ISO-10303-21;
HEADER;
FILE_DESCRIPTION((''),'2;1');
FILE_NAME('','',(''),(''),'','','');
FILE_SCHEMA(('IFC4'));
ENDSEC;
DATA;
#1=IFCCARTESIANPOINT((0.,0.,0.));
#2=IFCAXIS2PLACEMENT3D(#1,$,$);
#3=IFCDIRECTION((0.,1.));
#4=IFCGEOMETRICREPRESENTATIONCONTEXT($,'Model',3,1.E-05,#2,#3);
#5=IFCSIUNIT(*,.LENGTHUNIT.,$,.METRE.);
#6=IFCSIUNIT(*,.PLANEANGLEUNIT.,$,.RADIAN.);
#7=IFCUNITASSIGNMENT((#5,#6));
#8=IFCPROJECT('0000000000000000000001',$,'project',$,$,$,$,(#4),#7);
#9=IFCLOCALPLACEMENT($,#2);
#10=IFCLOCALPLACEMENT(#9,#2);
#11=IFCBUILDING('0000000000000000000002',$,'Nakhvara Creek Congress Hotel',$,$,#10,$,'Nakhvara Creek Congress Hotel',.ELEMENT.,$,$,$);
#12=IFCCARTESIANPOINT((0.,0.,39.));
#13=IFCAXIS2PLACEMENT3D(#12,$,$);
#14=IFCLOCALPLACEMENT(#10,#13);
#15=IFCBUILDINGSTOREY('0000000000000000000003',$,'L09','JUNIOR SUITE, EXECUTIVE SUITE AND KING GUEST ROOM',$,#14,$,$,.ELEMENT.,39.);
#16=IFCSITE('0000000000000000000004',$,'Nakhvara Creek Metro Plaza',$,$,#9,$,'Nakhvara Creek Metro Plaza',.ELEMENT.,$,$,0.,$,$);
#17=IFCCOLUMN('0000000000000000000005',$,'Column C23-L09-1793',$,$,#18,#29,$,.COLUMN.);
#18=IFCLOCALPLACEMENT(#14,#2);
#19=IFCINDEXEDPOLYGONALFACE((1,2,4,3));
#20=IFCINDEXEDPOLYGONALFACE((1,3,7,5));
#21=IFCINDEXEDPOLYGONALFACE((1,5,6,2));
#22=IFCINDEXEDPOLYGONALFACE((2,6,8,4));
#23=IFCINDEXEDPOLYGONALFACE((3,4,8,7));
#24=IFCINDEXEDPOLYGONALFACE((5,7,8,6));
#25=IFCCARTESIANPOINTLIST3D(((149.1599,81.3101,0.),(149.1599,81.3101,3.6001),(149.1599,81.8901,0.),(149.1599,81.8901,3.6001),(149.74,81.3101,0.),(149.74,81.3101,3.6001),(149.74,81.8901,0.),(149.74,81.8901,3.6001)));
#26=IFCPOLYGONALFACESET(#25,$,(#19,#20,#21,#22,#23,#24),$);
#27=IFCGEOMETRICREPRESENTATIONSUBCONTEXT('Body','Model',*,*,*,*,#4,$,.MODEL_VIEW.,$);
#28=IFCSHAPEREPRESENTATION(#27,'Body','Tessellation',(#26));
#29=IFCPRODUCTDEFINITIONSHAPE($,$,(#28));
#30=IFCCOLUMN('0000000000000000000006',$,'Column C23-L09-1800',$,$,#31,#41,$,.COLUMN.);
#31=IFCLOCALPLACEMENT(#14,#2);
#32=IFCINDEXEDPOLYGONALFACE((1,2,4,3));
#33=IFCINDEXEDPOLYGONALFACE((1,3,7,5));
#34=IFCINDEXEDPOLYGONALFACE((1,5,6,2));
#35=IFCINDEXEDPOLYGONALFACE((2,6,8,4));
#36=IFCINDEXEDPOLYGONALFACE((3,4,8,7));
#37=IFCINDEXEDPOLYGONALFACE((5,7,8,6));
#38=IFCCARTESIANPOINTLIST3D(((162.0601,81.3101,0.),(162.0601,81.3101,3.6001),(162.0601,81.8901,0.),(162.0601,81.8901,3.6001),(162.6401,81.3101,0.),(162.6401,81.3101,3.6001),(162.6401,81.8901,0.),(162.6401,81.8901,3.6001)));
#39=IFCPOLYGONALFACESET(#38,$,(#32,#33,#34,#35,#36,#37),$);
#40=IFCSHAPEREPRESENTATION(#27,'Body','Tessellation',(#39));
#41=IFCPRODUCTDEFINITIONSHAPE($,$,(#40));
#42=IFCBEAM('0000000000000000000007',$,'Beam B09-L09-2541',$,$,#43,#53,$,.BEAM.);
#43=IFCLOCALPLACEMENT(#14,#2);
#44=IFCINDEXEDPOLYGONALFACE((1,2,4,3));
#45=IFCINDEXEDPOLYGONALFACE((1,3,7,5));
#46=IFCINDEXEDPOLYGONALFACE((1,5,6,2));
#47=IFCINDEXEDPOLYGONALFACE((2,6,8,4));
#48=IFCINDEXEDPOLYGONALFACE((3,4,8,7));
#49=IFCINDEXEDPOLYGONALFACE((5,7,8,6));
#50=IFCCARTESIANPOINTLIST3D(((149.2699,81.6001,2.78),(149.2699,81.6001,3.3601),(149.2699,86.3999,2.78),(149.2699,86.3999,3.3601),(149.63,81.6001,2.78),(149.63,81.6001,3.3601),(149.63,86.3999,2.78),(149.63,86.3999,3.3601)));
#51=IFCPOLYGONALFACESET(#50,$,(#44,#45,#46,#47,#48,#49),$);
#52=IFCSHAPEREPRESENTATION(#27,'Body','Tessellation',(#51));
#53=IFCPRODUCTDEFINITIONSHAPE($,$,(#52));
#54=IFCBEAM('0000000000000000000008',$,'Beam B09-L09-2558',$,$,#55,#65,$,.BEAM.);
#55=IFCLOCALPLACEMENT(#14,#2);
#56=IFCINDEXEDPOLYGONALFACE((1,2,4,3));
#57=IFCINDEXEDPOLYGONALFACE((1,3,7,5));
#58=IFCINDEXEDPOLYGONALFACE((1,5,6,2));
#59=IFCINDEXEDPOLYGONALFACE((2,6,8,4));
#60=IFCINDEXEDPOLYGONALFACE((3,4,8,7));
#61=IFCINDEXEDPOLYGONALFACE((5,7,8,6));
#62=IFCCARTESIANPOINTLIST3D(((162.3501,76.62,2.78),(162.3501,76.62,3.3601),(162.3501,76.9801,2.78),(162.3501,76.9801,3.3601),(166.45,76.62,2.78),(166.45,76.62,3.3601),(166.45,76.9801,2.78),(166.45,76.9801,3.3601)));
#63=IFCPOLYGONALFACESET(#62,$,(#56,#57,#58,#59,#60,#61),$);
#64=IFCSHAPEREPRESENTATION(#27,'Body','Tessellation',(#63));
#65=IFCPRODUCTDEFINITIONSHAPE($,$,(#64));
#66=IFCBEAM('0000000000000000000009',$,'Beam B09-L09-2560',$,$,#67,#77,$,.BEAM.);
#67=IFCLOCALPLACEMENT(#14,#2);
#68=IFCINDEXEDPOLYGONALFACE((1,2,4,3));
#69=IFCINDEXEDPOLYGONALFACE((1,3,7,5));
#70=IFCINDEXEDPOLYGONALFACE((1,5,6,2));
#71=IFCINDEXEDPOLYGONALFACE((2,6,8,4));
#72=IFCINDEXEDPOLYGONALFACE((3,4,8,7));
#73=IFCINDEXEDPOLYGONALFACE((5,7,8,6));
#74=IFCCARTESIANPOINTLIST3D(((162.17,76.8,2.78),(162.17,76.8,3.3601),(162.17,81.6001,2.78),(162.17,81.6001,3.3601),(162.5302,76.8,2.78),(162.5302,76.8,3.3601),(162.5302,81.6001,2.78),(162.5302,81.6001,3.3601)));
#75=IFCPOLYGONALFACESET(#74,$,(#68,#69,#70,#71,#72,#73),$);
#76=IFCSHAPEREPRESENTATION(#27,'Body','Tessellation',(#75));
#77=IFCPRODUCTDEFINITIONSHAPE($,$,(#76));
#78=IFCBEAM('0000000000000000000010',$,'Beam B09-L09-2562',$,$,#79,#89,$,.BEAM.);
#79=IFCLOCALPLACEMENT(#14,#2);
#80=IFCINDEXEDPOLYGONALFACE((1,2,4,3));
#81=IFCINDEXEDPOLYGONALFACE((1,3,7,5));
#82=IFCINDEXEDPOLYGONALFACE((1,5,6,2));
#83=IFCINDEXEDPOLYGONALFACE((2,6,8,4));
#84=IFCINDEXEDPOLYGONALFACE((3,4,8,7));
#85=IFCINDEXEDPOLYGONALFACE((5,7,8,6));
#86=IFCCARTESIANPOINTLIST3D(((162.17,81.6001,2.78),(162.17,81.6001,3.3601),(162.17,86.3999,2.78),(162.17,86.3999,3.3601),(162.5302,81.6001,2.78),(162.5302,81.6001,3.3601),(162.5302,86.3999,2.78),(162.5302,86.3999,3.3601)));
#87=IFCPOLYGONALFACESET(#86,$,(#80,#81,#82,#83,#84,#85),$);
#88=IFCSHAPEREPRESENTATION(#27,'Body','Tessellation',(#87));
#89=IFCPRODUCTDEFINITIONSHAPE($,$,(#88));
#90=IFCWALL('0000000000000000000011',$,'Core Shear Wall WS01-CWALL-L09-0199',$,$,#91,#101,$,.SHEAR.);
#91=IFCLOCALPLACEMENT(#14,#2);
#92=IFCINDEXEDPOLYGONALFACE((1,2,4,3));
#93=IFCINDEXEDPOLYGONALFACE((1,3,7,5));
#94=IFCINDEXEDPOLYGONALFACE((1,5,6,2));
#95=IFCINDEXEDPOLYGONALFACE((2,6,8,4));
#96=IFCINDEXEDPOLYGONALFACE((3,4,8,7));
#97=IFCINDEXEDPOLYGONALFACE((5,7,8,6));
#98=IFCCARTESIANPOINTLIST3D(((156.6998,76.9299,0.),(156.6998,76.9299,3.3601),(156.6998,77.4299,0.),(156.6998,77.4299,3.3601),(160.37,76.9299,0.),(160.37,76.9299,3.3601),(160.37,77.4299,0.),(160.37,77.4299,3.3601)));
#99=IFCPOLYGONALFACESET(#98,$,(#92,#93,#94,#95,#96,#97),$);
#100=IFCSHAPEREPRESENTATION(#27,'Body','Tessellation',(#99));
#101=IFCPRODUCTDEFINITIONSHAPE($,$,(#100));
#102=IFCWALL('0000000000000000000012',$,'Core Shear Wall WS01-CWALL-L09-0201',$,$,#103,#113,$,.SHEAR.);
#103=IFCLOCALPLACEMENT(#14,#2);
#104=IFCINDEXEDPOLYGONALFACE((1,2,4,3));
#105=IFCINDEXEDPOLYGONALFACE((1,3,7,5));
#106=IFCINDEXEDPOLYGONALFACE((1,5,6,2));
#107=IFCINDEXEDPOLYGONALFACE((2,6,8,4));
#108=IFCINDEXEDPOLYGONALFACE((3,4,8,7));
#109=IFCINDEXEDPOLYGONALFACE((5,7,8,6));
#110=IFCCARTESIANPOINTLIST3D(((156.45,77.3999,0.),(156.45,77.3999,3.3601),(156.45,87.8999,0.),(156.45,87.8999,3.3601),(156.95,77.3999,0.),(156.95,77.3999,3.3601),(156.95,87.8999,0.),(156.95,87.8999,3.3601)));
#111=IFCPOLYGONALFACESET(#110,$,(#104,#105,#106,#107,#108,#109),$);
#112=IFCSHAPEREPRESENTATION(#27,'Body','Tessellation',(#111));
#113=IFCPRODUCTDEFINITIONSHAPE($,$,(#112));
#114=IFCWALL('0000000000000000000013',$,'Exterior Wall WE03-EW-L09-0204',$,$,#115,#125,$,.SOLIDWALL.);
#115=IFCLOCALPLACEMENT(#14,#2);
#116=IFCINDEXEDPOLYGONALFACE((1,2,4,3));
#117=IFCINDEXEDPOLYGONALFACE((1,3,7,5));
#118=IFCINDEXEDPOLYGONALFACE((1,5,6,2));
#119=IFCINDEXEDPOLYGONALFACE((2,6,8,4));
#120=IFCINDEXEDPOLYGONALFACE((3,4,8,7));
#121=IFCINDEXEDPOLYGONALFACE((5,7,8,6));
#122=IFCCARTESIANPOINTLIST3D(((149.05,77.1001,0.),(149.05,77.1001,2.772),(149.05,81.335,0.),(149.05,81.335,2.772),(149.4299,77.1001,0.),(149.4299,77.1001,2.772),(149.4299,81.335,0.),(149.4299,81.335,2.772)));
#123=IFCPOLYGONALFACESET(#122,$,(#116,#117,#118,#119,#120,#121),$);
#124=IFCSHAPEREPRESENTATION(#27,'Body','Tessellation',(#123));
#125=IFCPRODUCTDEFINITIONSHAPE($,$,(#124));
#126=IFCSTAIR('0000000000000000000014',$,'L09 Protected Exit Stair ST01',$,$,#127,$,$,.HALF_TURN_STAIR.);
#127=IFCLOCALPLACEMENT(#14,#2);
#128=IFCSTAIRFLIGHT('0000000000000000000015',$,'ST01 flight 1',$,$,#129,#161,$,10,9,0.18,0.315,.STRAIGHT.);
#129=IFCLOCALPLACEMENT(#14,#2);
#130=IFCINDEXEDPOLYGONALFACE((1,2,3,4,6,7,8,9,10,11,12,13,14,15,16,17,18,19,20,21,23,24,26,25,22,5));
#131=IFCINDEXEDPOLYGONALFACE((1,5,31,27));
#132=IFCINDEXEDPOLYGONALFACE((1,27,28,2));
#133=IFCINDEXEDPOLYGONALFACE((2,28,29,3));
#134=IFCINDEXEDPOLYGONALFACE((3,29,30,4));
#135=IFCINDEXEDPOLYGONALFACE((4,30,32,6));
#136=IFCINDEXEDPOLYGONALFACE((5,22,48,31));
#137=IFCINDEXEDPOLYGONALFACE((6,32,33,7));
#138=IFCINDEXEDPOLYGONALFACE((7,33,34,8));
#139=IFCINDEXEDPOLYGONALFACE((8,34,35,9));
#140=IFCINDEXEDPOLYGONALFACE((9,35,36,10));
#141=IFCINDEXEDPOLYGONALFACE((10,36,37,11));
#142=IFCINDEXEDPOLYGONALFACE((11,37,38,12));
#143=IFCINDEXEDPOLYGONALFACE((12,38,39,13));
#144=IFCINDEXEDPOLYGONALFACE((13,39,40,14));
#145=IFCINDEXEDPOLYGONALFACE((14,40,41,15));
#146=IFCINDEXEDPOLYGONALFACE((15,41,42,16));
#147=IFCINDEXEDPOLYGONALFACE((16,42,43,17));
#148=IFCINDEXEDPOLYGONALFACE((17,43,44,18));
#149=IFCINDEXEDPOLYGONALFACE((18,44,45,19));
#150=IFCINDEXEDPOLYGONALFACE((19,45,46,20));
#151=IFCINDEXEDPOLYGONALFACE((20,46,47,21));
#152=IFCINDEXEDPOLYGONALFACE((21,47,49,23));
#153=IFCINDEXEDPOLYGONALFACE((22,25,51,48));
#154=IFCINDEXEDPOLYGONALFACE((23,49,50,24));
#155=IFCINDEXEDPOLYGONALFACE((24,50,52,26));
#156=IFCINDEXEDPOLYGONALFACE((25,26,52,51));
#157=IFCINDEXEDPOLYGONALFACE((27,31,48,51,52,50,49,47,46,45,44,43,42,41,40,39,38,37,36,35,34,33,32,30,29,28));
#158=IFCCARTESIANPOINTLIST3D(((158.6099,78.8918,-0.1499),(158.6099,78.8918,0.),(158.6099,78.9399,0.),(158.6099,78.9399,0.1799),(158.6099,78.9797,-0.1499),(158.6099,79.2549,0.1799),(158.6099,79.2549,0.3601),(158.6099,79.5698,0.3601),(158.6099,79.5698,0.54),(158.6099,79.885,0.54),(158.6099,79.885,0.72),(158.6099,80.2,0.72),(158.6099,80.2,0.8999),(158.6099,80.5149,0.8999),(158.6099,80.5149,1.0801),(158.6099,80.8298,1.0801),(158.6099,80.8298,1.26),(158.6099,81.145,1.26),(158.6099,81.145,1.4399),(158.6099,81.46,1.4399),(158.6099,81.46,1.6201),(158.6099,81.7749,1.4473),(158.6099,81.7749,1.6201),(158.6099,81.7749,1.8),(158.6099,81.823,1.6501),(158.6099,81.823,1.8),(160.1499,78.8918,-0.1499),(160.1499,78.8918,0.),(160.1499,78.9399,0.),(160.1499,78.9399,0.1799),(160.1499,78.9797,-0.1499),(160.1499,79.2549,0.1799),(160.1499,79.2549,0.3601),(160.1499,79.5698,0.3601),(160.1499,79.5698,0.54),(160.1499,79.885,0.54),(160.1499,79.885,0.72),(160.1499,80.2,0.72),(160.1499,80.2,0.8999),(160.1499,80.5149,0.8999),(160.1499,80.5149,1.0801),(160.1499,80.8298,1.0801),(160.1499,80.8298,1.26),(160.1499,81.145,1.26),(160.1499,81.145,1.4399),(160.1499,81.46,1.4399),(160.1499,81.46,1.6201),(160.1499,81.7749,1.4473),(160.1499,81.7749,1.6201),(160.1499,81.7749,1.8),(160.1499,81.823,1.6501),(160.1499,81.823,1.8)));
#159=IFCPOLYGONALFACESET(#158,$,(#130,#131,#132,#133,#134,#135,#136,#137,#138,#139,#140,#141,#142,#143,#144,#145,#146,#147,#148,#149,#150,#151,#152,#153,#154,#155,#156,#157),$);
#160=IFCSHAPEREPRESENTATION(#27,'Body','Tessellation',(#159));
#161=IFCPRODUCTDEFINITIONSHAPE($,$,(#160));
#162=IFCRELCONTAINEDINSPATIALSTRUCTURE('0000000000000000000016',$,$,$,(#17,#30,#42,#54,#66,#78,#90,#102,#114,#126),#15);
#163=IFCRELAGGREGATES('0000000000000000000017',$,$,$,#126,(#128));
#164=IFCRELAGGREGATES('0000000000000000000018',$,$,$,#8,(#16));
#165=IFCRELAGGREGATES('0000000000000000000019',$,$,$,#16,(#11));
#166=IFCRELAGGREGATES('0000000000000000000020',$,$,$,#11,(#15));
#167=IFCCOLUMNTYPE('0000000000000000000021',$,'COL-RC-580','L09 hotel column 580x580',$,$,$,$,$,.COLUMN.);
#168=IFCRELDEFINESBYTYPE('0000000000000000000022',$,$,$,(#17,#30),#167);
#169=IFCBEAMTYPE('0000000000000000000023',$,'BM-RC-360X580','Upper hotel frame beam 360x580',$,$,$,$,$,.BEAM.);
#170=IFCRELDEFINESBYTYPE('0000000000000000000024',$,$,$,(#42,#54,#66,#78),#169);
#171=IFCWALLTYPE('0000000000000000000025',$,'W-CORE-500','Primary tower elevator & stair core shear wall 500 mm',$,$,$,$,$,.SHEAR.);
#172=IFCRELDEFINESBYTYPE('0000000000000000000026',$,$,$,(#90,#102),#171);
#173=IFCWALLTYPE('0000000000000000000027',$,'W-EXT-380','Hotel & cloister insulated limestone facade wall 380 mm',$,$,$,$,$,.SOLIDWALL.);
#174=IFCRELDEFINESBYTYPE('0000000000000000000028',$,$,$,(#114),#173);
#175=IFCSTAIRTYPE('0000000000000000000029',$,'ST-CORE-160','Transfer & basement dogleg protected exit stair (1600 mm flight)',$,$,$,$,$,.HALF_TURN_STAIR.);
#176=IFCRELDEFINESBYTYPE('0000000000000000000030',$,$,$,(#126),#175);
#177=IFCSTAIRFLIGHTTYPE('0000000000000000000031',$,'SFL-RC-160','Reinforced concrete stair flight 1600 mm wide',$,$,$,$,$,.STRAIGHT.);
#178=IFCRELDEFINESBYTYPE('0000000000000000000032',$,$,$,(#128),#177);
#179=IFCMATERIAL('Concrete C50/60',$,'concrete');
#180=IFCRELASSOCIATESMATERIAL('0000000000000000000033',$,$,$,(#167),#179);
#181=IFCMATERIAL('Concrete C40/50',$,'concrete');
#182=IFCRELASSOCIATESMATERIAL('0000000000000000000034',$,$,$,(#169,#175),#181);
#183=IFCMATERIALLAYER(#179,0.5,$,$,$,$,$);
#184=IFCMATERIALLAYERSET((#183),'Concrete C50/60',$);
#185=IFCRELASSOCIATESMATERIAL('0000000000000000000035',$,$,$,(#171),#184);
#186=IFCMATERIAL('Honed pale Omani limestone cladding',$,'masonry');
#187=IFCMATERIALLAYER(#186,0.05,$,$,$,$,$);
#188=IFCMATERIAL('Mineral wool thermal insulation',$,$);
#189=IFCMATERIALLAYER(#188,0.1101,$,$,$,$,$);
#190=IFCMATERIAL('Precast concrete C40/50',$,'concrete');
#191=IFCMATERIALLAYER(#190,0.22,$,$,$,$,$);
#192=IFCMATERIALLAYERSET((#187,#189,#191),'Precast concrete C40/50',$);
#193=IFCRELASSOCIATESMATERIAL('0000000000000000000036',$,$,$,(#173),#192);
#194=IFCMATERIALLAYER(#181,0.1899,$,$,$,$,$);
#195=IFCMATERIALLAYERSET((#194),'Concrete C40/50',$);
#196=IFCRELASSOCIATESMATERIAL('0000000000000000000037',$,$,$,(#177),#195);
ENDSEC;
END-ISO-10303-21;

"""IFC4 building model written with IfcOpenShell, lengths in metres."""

from ifc_helpers import new_model, si_unit, direction, frame, frame_2d, origin, origin_2d, place, context, subcontext, project, spatial, polyline, rectangle, outline, extrude, material, layer, layer_set, material_profile, profile_set, type_object, element, aggregate, save


model = new_model("IFC4")

# Units and contexts
model_context = context("Model", 3, precision=1e-05, world=origin(), true_north=direction((0.0, 1.0)))
body_context = subcontext(model_context, "Body", "Model", "MODEL_VIEW")
ifc_project = project(units=[si_unit("LENGTHUNIT", "METRE"), si_unit("PLANEANGLEUNIT", "RADIAN")], contexts=[model_context])

# Site, building, storey
site_placement = place(None, origin())
site = spatial("IfcSite", under=ifc_project, at=site_placement, Name="Nakhvara Creek Metro Plaza", LongName="Nakhvara Creek Metro Plaza", CompositionType="ELEMENT", RefElevation=0.0)
building_placement = place(site_placement, origin())
building = spatial("IfcBuilding", under=site, at=building_placement, Name="Nakhvara Creek Congress Hotel", LongName="Nakhvara Creek Congress Hotel", CompositionType="ELEMENT")
storey_placement = place(building_placement, frame((0.0, 0.0, 39.0)))
storey = spatial("IfcBuildingStorey", under=building, at=storey_placement, Name="L09", Description="JUNIOR SUITE, EXECUTIVE SUITE AND KING GUEST ROOM", CompositionType="ELEMENT", Elevation=39.0)

# Columns
ifc_material_1 = material(Name="Concrete C50/60", Category="concrete")
ifc_material_profile_1 = material_profile(ifc_material_1, rectangle(XDim=0.5801, YDim=0.5801, at=origin_2d()), Name="RC-COL 580x580", Category="LoadBearing")
ifc_profile_set_1 = profile_set([ifc_material_profile_1], Name="Concrete C50/60")
column_type = type_object("IfcColumnType", Name="COL-RC-580", Description="L09 hotel column 580x580", PredefinedType="COLUMN", material=ifc_profile_set_1)
for number, where, z_axis, x_axis, name in (
    (1, (149.45, 81.6001, 0.0), (0.0, 0.0, 1.0), (1.0, 0.0, 0.0), "Column C23-L09-1793"),
    (2, (162.3501, 81.6001, 0.0), (0.0, 0.0, 1.0), (1.0, 0.0, 0.0), "Column C23-L09-1800"),
):
    element("IfcColumn", number, at=place(storey_placement, frame(where, z_axis=z_axis, x_axis=x_axis)), inside=storey, type_object=column_type, Name=name, PredefinedType="COLUMN", context=body_context, shape_type="SweptSolid", body=[
        extrude(rectangle(XDim=0.5801, YDim=0.5801, at=origin_2d()), origin(), (0.0, 0.0, 1.0), 3.6001),
    ])

# Beams
ifc_material_2 = material(Name="Concrete C40/50", Category="concrete")
ifc_material_profile_2 = material_profile(ifc_material_2, rectangle(XDim=0.3601, YDim=0.5801, at=origin_2d()), Name="RC-BM 360x580", Category="LoadBearing")
ifc_profile_set_2 = profile_set([ifc_material_profile_2], Name="Concrete C40/50")
beam_type = type_object("IfcBeamType", Name="BM-RC-360X580", Description="Upper hotel frame beam 360x580", PredefinedType="BEAM", material=ifc_profile_set_2)
beam_1_placement = place(storey_placement, frame((149.45, 81.6001, 3.0701), z_axis=(0.0, 1.0, 0.0), x_axis=(-1.0, 0.0, 0.0)))
element("IfcBeam", 3, at=beam_1_placement, inside=storey, type_object=beam_type, Name="Beam B09-L09-2541", PredefinedType="BEAM", context=body_context, shape_type="SweptSolid", body=[
    extrude(rectangle(XDim=0.3601, YDim=0.5801, at=origin_2d()), origin(), (0.0, 0.0, 1.0), 4.7998),
])
beam_2_placement = place(storey_placement, frame((162.3501, 76.8, 3.0701), z_axis=(1.0, 0.0, 0.0), x_axis=(0.0, 1.0, 0.0)))
element("IfcBeam", 4, at=beam_2_placement, inside=storey, type_object=beam_type, Name="Beam B09-L09-2558", PredefinedType="BEAM", context=body_context, shape_type="SweptSolid", body=[
    extrude(rectangle(XDim=0.3601, YDim=0.5801, at=origin_2d()), origin(), (0.0, 0.0, 1.0), 4.0999),
])
beam_3_placement = place(storey_placement, frame((162.3501, 76.8, 3.0701), z_axis=(0.0, 1.0, 0.0), x_axis=(-1.0, 0.0, 0.0)))
element("IfcBeam", 5, at=beam_3_placement, inside=storey, type_object=beam_type, Name="Beam B09-L09-2560", PredefinedType="BEAM", context=body_context, shape_type="SweptSolid", body=[
    extrude(rectangle(XDim=0.3601, YDim=0.5801, at=origin_2d()), origin(), (0.0, 0.0, 1.0), 4.8),
])
beam_4_placement = place(storey_placement, frame((162.3501, 81.6001, 3.0701), z_axis=(0.0, 1.0, 0.0), x_axis=(-1.0, 0.0, 0.0)))
element("IfcBeam", 6, at=beam_4_placement, inside=storey, type_object=beam_type, Name="Beam B09-L09-2562", PredefinedType="BEAM", context=body_context, shape_type="SweptSolid", body=[
    extrude(rectangle(XDim=0.3601, YDim=0.5801, at=origin_2d()), origin(), (0.0, 0.0, 1.0), 4.7998),
])

# Walls
ifc_layer_1 = layer(ifc_material_1, 0.5)
ifc_layer_set_1 = layer_set([ifc_layer_1], Name="Concrete C50/60")
wall_type_1 = type_object("IfcWallType", Name="W-CORE-500", Description="Primary tower elevator & stair core shear wall 500 mm", PredefinedType="SHEAR", material=ifc_layer_set_1)
wall_1_placement = place(storey_placement, frame((156.7, 77.1799, 0.0), z_axis=(0.0, 0.0, 1.0), x_axis=(1.0, 0.0, 0.0)))
element("IfcWall", 7, at=wall_1_placement, inside=storey, type_object=wall_type_1, Name="Core Shear Wall WS01-CWALL-L09-0199", PredefinedType="SHEAR", context=body_context, shape_type="SweptSolid", body=[
    extrude(rectangle(XDim=3.6702, YDim=0.5, at=frame_2d((1.835, 0.0))), origin(), (0.0, 0.0, 1.0), 3.3601),
])
wall_2_placement = place(storey_placement, frame((156.7, 77.3999, 0.0), z_axis=(0.0, 0.0, 1.0), x_axis=(0.0, 1.0, 0.0)))
element("IfcWall", 8, at=wall_2_placement, inside=storey, type_object=wall_type_1, Name="Core Shear Wall WS01-CWALL-L09-0201", PredefinedType="SHEAR", context=body_context, shape_type="SweptSolid", body=[
    extrude(rectangle(XDim=10.5, YDim=0.5, at=frame_2d((5.25, 0.0))), origin(), (0.0, 0.0, 1.0), 3.3601),
])

# Wall
ifc_material_3 = material(Name="Honed pale Omani limestone cladding", Category="masonry")
ifc_layer_2 = layer(ifc_material_3, 0.05)
ifc_material_4 = material(Name="Mineral wool thermal insulation")
ifc_layer_3 = layer(ifc_material_4, 0.1101)
ifc_material_5 = material(Name="Precast concrete C40/50", Category="concrete")
ifc_layer_4 = layer(ifc_material_5, 0.22)
ifc_layer_set_2 = layer_set([ifc_layer_2, ifc_layer_3, ifc_layer_4], Name="Precast concrete C40/50")
wall_type_2 = type_object("IfcWallType", Name="W-EXT-380", Description="Hotel & cloister insulated limestone facade wall 380 mm", PredefinedType="SOLIDWALL", material=ifc_layer_set_2)
wall_3_placement = place(storey_placement, frame((149.24, 77.1001, 0.0), z_axis=(0.0, 0.0, 1.0), x_axis=(0.0, 1.0, 0.0)))
element("IfcWall", 9, at=wall_3_placement, inside=storey, type_object=wall_type_2, Name="Exterior Wall WE03-EW-L09-0204", PredefinedType="SOLIDWALL", context=body_context, shape_type="SweptSolid", body=[
    extrude(rectangle(XDim=4.2349, YDim=0.3799, at=frame_2d((2.1174, 0.0))), origin(), (0.0, 0.0, 1.0), 2.772),
])

# Stair, stair flight
stair_type = type_object("IfcStairType", Name="ST-CORE-160", Description="Transfer & basement dogleg protected exit stair (1600 mm flight)", PredefinedType="HALF_TURN_STAIR", material=ifc_material_2)
stair_placement = place(storey_placement, origin())
stair = element("IfcStair", 10, at=stair_placement, inside=storey, type_object=stair_type, Name="L09 Protected Exit Stair ST01", PredefinedType="HALF_TURN_STAIR")
ifc_layer_5 = layer(ifc_material_2, 0.1899)
ifc_layer_set_3 = layer_set([ifc_layer_5], Name="Concrete C40/50")
stair_flight_type = type_object("IfcStairFlightType", Name="SFL-RC-160", Description="Reinforced concrete stair flight 1600 mm wide", PredefinedType="STRAIGHT", material=ifc_layer_set_3)
stair_flight_1_placement = place(storey_placement, frame((159.3799, 78.9399, 0.0), z_axis=(0.0, 0.0, 1.0), x_axis=(0.0, 1.0, 0.0)))
stair_flight_1 = element("IfcStairFlight", 11, at=stair_flight_1_placement, type_object=stair_flight_type, Name="ST01 flight 1", NumberOfRisers=10, NumberOfTreads=9, PredefinedType="STRAIGHT", RiserHeight=0.18, TreadLength=0.315, context=body_context, shape_type="SweptSolid", body=[
    extrude(outline(polyline([(-0.0481, 0.0), (0.0, 0.0), (0.0, 0.1799), (0.3149, 0.1799), (0.3149, 0.3601), (0.6299, 0.3601), (0.6299, 0.54), (0.9451, 0.54), (0.9451, 0.72), (1.26, 0.72), (1.26, 0.8999), (1.575, 0.8999), (1.575, 1.0801), (1.8899, 1.0801), (1.8899, 1.26), (2.2051, 1.26), (2.2051, 1.4399), (2.52, 1.4399), (2.52, 1.6201), (2.835, 1.6201), (2.835, 1.8), (2.8831, 1.8), (2.8831, 1.6501), (2.835, 1.4473), (0.0398, -0.1499), (-0.0481, -0.1499), (-0.0481, 0.0)])), frame((0.0, 0.77, 0.0), z_axis=(0.0, -1.0, 0.0), x_axis=(1.0, 0.0, 0.0)), (0.0, 0.0, 1.0), 1.54),
])
aggregate(stair, [stair_flight_1])

save(model, "model.ifc")
